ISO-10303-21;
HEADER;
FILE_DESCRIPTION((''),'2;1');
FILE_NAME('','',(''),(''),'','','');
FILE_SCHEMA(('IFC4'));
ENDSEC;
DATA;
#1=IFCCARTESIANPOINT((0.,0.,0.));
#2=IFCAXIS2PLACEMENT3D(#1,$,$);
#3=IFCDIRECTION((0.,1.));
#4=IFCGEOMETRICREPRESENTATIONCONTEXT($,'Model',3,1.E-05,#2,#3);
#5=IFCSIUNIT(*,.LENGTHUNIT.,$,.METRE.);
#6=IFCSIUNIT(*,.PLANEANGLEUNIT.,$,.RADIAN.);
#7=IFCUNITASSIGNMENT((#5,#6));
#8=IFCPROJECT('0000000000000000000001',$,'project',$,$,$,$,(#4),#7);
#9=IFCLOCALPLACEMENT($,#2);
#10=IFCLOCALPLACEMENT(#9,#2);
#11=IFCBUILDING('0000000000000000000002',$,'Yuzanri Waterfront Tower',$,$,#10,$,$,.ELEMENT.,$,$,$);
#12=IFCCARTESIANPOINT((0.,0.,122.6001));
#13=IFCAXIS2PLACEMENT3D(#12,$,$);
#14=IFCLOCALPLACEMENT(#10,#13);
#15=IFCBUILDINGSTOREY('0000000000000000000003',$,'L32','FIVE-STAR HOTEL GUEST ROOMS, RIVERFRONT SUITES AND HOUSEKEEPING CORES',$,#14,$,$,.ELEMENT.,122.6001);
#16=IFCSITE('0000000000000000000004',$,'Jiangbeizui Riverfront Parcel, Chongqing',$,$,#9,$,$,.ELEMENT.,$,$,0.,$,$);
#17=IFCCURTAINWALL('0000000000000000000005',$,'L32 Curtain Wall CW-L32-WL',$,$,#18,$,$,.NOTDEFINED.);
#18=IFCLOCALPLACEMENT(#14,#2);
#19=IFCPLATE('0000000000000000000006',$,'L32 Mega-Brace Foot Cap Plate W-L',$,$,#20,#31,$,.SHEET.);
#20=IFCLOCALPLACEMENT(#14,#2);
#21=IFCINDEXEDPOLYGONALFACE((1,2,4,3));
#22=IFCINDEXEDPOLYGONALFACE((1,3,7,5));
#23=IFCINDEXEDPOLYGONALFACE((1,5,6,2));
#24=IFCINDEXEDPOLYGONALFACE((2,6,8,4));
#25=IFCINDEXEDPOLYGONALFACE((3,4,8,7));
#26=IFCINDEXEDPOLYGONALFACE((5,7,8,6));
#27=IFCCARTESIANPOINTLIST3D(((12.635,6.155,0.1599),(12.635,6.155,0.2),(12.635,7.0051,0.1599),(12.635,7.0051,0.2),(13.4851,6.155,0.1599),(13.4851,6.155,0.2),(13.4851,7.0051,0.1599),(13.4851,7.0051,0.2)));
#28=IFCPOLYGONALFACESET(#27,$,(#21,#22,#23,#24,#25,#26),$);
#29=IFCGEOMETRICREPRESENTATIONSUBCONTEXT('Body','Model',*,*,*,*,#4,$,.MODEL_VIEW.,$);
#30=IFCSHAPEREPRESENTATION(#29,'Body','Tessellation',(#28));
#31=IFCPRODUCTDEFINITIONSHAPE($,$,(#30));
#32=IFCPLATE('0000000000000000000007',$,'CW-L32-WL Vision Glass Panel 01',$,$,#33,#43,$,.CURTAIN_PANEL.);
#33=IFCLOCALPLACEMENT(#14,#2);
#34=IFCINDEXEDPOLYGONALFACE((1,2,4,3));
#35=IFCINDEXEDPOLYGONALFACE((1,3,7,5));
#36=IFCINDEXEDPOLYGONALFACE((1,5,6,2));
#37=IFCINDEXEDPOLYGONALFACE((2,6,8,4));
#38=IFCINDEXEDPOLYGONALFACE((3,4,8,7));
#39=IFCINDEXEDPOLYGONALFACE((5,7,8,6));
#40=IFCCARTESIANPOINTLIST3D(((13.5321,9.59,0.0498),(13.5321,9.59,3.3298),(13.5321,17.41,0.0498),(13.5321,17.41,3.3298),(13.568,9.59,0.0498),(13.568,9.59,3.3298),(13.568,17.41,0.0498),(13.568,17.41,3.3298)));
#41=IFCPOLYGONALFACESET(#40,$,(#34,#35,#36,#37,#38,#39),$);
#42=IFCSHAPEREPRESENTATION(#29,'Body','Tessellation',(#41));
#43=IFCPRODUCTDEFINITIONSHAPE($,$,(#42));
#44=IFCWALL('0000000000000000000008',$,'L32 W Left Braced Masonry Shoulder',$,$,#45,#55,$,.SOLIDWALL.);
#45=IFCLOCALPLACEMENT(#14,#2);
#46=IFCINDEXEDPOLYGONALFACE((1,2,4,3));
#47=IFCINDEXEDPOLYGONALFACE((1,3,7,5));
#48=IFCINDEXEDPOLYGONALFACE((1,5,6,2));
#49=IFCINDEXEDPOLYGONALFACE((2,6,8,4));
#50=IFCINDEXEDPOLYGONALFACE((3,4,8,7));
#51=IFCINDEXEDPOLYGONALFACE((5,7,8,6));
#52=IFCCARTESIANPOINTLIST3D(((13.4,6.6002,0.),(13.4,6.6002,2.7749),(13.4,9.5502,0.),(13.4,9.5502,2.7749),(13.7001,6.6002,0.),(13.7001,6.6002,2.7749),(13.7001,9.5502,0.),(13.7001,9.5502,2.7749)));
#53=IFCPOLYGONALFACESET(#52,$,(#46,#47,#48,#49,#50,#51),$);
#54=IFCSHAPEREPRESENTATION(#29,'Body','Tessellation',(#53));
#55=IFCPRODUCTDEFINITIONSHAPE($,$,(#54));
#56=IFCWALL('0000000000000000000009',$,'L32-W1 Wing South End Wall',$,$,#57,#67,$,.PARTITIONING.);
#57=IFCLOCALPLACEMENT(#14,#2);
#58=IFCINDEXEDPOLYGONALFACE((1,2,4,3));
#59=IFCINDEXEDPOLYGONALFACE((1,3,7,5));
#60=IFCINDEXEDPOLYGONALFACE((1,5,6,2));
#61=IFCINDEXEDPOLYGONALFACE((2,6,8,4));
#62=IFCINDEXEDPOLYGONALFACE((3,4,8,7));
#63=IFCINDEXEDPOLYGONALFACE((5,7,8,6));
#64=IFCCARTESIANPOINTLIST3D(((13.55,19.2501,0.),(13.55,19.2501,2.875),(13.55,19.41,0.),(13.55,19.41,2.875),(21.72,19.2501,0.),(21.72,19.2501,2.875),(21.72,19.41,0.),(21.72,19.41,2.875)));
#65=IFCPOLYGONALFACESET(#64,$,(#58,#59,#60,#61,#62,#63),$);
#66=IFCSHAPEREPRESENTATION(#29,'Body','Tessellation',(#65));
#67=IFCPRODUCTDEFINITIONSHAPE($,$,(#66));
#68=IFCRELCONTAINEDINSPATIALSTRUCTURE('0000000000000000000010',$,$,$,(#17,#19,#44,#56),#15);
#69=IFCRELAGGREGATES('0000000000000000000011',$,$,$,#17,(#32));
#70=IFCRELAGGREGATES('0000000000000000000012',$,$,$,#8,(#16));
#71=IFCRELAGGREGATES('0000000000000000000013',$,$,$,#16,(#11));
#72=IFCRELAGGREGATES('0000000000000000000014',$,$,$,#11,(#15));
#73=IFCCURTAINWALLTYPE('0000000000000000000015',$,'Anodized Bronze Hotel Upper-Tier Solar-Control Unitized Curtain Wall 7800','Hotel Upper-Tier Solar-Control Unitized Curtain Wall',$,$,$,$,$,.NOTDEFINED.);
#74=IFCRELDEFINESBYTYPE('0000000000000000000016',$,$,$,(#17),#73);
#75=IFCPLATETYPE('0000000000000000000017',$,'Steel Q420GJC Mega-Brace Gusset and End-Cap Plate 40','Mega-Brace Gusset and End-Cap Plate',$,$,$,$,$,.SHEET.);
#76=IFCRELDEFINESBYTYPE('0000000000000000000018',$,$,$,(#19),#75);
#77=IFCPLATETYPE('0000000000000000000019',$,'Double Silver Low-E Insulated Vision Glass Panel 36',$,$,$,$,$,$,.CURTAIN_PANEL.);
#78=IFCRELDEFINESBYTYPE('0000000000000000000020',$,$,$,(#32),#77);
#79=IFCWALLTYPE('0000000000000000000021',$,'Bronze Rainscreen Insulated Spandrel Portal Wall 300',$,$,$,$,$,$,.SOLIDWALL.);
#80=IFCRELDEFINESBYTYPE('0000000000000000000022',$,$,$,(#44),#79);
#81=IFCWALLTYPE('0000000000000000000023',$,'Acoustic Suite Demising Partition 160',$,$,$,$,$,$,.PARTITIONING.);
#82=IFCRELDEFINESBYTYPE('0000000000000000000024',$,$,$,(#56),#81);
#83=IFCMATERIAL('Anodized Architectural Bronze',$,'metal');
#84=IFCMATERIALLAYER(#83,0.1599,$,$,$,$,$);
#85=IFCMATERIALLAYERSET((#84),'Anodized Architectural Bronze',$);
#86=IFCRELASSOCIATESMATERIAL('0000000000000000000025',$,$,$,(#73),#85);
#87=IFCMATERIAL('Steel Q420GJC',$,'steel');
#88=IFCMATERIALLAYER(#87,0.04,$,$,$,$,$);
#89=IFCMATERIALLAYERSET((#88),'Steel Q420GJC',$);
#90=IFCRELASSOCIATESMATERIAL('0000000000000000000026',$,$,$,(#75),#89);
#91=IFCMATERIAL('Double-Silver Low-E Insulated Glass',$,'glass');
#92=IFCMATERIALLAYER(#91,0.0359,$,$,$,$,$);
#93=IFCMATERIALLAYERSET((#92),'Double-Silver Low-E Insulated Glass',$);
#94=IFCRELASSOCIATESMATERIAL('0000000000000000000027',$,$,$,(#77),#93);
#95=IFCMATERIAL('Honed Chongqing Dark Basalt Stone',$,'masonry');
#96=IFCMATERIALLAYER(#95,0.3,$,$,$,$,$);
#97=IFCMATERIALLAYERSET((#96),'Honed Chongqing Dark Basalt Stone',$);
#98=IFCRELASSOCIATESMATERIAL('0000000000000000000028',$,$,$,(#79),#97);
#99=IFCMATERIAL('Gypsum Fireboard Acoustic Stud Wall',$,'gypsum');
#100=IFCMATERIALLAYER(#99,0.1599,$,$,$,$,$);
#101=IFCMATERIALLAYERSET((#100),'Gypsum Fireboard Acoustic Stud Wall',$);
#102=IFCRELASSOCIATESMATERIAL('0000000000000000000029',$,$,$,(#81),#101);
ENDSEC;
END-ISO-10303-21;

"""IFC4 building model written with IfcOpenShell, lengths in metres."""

from ifc_helpers import new_model, si_unit, direction, frame, frame_2d, origin, origin_2d, place, context, subcontext, project, spatial, rectangle, extrude, source, transform, mapped, material, layer, layer_set, type_object, element, aggregate, save


model = new_model("IFC4")

# Units and contexts
model_context = context("Model", 3, precision=1e-05, world=origin(), true_north=direction((0.0, 1.0)))
body_context = subcontext(model_context, "Body", "Model", "MODEL_VIEW")
ifc_project = project(units=[si_unit("LENGTHUNIT", "METRE"), si_unit("PLANEANGLEUNIT", "RADIAN")], contexts=[model_context])

# Site, building, storey
site_placement = place(None, origin())
site = spatial("IfcSite", under=ifc_project, at=site_placement, Name="Jiangbeizui Riverfront Parcel, Chongqing", CompositionType="ELEMENT", RefElevation=0.0)
building_placement = place(site_placement, origin())
building = spatial("IfcBuilding", under=site, at=building_placement, Name="Yuzanri Waterfront Tower", CompositionType="ELEMENT")
storey_placement = place(building_placement, frame((0.0, 0.0, 122.6001)))
storey = spatial("IfcBuildingStorey", under=building, at=storey_placement, Name="L32", Description="FIVE-STAR HOTEL GUEST ROOMS, RIVERFRONT SUITES AND HOUSEKEEPING CORES", CompositionType="ELEMENT", Elevation=122.6001)

# Curtain wall
ifc_material_1 = material(Name="Anodized Architectural Bronze", Category="metal")
ifc_layer_1 = layer(ifc_material_1, 0.1599)
ifc_layer_set_1 = layer_set([ifc_layer_1], Name="Anodized Architectural Bronze")
curtain_wall_type = type_object("IfcCurtainWallType", Name="Anodized Bronze Hotel Upper-Tier Solar-Control Unitized Curtain Wall 7800", Description="Hotel Upper-Tier Solar-Control Unitized Curtain Wall", PredefinedType="NOTDEFINED", material=ifc_layer_set_1)
curtain_wall_placement = place(storey_placement, origin())
curtain_wall = element("IfcCurtainWall", 1, at=curtain_wall_placement, inside=storey, type_object=curtain_wall_type, Name="L32 Curtain Wall CW-L32-WL", PredefinedType="NOTDEFINED")

# Plates
ifc_material_2 = material(Name="Steel Q420GJC", Category="steel")
ifc_layer_2 = layer(ifc_material_2, 0.04)
ifc_layer_set_2 = layer_set([ifc_layer_2], Name="Steel Q420GJC")
plate_type_1 = type_object("IfcPlateType", Name="Steel Q420GJC Mega-Brace Gusset and End-Cap Plate 40", Description="Mega-Brace Gusset and End-Cap Plate", PredefinedType="SHEET", material=ifc_layer_set_2)
shared_shape_1 = source(origin(), body_context, "Body", "SweptSolid", [
    extrude(rectangle(XDim=0.8501, YDim=0.8501, at=origin_2d()), origin(), (0.0, 0.0, 1.0), 0.04),
])
plate_1_placement = place(storey_placement, frame((13.0601, 6.5801, 0.1599), z_axis=(0.0, 0.0, 1.0), x_axis=(1.0, 0.0, 0.0)))
element("IfcPlate", 2, at=plate_1_placement, inside=storey, type_object=plate_type_1, Name="L32 Mega-Brace Foot Cap Plate W-L", PredefinedType="SHEET", context=body_context, shape_type="MappedRepresentation", body=[
    mapped(shared_shape_1, transform((0.0, 0.0, 0.0), scale=1.0)),
])
ifc_material_3 = material(Name="Double-Silver Low-E Insulated Glass", Category="glass")
ifc_layer_3 = layer(ifc_material_3, 0.0359)
ifc_layer_set_3 = layer_set([ifc_layer_3], Name="Double-Silver Low-E Insulated Glass")
plate_type_2 = type_object("IfcPlateType", Name="Double Silver Low-E Insulated Vision Glass Panel 36", PredefinedType="CURTAIN_PANEL", material=ifc_layer_set_3)
shared_shape_2 = source(origin(), body_context, "Body", "SweptSolid", [
    extrude(rectangle(XDim=7.8201, YDim=0.0359, at=origin_2d()), origin(), (0.0, 0.0, 1.0), 3.28),
])
plate_2_placement = place(storey_placement, frame((13.55, 13.5, 0.0498), z_axis=(0.0, 0.0, 1.0), x_axis=(0.0, 1.0, 0.0)))
plate_2 = element("IfcPlate", 3, at=plate_2_placement, type_object=plate_type_2, Name="CW-L32-WL Vision Glass Panel 01", PredefinedType="CURTAIN_PANEL", context=body_context, shape_type="MappedRepresentation", body=[
    mapped(shared_shape_2, transform((0.0, 0.0, 0.0), scale=1.0)),
])
aggregate(curtain_wall, [plate_2])

# Walls
ifc_material_4 = material(Name="Honed Chongqing Dark Basalt Stone", Category="masonry")
ifc_layer_4 = layer(ifc_material_4, 0.3)
ifc_layer_set_4 = layer_set([ifc_layer_4], Name="Honed Chongqing Dark Basalt Stone")
wall_type_1 = type_object("IfcWallType", Name="Bronze Rainscreen Insulated Spandrel Portal Wall 300", PredefinedType="SOLIDWALL", material=ifc_layer_set_4)
shared_shape_3 = source(origin(), body_context, "Body", "SweptSolid", [
    extrude(rectangle(XDim=2.95, YDim=0.3, at=frame_2d((1.4751, 0.0))), origin(), (0.0, 0.0, 1.0), 2.7749),
])
wall_1_placement = place(storey_placement, frame((13.55, 6.6001, 0.0), z_axis=(0.0, 0.0, 1.0), x_axis=(0.0, 1.0, 0.0)))
element("IfcWall", 4, at=wall_1_placement, inside=storey, type_object=wall_type_1, Name="L32 W Left Braced Masonry Shoulder", PredefinedType="SOLIDWALL", context=body_context, shape_type="MappedRepresentation", body=[
    mapped(shared_shape_3, transform((0.0, 0.0, 0.0), scale=1.0)),
])
ifc_material_5 = material(Name="Gypsum Fireboard Acoustic Stud Wall", Category="gypsum")
ifc_layer_5 = layer(ifc_material_5, 0.1599)
ifc_layer_set_5 = layer_set([ifc_layer_5], Name="Gypsum Fireboard Acoustic Stud Wall")
wall_type_2 = type_object("IfcWallType", Name="Acoustic Suite Demising Partition 160", PredefinedType="PARTITIONING", material=ifc_layer_set_5)
shared_shape_4 = source(origin(), body_context, "Body", "SweptSolid", [
    extrude(rectangle(XDim=8.1699, YDim=0.1599, at=frame_2d((4.085, 0.0))), origin(), (0.0, 0.0, 1.0), 2.875),
])
wall_2_placement = place(storey_placement, frame((13.55, 19.3301, 0.0), z_axis=(0.0, 0.0, 1.0), x_axis=(1.0, 0.0, 0.0)))
element("IfcWall", 5, at=wall_2_placement, inside=storey, type_object=wall_type_2, Name="L32-W1 Wing South End Wall", PredefinedType="PARTITIONING", context=body_context, shape_type="MappedRepresentation", body=[
    mapped(shared_shape_4, transform((0.0, 0.0, 0.0), scale=1.0)),
])

save(model, "model.ifc")
